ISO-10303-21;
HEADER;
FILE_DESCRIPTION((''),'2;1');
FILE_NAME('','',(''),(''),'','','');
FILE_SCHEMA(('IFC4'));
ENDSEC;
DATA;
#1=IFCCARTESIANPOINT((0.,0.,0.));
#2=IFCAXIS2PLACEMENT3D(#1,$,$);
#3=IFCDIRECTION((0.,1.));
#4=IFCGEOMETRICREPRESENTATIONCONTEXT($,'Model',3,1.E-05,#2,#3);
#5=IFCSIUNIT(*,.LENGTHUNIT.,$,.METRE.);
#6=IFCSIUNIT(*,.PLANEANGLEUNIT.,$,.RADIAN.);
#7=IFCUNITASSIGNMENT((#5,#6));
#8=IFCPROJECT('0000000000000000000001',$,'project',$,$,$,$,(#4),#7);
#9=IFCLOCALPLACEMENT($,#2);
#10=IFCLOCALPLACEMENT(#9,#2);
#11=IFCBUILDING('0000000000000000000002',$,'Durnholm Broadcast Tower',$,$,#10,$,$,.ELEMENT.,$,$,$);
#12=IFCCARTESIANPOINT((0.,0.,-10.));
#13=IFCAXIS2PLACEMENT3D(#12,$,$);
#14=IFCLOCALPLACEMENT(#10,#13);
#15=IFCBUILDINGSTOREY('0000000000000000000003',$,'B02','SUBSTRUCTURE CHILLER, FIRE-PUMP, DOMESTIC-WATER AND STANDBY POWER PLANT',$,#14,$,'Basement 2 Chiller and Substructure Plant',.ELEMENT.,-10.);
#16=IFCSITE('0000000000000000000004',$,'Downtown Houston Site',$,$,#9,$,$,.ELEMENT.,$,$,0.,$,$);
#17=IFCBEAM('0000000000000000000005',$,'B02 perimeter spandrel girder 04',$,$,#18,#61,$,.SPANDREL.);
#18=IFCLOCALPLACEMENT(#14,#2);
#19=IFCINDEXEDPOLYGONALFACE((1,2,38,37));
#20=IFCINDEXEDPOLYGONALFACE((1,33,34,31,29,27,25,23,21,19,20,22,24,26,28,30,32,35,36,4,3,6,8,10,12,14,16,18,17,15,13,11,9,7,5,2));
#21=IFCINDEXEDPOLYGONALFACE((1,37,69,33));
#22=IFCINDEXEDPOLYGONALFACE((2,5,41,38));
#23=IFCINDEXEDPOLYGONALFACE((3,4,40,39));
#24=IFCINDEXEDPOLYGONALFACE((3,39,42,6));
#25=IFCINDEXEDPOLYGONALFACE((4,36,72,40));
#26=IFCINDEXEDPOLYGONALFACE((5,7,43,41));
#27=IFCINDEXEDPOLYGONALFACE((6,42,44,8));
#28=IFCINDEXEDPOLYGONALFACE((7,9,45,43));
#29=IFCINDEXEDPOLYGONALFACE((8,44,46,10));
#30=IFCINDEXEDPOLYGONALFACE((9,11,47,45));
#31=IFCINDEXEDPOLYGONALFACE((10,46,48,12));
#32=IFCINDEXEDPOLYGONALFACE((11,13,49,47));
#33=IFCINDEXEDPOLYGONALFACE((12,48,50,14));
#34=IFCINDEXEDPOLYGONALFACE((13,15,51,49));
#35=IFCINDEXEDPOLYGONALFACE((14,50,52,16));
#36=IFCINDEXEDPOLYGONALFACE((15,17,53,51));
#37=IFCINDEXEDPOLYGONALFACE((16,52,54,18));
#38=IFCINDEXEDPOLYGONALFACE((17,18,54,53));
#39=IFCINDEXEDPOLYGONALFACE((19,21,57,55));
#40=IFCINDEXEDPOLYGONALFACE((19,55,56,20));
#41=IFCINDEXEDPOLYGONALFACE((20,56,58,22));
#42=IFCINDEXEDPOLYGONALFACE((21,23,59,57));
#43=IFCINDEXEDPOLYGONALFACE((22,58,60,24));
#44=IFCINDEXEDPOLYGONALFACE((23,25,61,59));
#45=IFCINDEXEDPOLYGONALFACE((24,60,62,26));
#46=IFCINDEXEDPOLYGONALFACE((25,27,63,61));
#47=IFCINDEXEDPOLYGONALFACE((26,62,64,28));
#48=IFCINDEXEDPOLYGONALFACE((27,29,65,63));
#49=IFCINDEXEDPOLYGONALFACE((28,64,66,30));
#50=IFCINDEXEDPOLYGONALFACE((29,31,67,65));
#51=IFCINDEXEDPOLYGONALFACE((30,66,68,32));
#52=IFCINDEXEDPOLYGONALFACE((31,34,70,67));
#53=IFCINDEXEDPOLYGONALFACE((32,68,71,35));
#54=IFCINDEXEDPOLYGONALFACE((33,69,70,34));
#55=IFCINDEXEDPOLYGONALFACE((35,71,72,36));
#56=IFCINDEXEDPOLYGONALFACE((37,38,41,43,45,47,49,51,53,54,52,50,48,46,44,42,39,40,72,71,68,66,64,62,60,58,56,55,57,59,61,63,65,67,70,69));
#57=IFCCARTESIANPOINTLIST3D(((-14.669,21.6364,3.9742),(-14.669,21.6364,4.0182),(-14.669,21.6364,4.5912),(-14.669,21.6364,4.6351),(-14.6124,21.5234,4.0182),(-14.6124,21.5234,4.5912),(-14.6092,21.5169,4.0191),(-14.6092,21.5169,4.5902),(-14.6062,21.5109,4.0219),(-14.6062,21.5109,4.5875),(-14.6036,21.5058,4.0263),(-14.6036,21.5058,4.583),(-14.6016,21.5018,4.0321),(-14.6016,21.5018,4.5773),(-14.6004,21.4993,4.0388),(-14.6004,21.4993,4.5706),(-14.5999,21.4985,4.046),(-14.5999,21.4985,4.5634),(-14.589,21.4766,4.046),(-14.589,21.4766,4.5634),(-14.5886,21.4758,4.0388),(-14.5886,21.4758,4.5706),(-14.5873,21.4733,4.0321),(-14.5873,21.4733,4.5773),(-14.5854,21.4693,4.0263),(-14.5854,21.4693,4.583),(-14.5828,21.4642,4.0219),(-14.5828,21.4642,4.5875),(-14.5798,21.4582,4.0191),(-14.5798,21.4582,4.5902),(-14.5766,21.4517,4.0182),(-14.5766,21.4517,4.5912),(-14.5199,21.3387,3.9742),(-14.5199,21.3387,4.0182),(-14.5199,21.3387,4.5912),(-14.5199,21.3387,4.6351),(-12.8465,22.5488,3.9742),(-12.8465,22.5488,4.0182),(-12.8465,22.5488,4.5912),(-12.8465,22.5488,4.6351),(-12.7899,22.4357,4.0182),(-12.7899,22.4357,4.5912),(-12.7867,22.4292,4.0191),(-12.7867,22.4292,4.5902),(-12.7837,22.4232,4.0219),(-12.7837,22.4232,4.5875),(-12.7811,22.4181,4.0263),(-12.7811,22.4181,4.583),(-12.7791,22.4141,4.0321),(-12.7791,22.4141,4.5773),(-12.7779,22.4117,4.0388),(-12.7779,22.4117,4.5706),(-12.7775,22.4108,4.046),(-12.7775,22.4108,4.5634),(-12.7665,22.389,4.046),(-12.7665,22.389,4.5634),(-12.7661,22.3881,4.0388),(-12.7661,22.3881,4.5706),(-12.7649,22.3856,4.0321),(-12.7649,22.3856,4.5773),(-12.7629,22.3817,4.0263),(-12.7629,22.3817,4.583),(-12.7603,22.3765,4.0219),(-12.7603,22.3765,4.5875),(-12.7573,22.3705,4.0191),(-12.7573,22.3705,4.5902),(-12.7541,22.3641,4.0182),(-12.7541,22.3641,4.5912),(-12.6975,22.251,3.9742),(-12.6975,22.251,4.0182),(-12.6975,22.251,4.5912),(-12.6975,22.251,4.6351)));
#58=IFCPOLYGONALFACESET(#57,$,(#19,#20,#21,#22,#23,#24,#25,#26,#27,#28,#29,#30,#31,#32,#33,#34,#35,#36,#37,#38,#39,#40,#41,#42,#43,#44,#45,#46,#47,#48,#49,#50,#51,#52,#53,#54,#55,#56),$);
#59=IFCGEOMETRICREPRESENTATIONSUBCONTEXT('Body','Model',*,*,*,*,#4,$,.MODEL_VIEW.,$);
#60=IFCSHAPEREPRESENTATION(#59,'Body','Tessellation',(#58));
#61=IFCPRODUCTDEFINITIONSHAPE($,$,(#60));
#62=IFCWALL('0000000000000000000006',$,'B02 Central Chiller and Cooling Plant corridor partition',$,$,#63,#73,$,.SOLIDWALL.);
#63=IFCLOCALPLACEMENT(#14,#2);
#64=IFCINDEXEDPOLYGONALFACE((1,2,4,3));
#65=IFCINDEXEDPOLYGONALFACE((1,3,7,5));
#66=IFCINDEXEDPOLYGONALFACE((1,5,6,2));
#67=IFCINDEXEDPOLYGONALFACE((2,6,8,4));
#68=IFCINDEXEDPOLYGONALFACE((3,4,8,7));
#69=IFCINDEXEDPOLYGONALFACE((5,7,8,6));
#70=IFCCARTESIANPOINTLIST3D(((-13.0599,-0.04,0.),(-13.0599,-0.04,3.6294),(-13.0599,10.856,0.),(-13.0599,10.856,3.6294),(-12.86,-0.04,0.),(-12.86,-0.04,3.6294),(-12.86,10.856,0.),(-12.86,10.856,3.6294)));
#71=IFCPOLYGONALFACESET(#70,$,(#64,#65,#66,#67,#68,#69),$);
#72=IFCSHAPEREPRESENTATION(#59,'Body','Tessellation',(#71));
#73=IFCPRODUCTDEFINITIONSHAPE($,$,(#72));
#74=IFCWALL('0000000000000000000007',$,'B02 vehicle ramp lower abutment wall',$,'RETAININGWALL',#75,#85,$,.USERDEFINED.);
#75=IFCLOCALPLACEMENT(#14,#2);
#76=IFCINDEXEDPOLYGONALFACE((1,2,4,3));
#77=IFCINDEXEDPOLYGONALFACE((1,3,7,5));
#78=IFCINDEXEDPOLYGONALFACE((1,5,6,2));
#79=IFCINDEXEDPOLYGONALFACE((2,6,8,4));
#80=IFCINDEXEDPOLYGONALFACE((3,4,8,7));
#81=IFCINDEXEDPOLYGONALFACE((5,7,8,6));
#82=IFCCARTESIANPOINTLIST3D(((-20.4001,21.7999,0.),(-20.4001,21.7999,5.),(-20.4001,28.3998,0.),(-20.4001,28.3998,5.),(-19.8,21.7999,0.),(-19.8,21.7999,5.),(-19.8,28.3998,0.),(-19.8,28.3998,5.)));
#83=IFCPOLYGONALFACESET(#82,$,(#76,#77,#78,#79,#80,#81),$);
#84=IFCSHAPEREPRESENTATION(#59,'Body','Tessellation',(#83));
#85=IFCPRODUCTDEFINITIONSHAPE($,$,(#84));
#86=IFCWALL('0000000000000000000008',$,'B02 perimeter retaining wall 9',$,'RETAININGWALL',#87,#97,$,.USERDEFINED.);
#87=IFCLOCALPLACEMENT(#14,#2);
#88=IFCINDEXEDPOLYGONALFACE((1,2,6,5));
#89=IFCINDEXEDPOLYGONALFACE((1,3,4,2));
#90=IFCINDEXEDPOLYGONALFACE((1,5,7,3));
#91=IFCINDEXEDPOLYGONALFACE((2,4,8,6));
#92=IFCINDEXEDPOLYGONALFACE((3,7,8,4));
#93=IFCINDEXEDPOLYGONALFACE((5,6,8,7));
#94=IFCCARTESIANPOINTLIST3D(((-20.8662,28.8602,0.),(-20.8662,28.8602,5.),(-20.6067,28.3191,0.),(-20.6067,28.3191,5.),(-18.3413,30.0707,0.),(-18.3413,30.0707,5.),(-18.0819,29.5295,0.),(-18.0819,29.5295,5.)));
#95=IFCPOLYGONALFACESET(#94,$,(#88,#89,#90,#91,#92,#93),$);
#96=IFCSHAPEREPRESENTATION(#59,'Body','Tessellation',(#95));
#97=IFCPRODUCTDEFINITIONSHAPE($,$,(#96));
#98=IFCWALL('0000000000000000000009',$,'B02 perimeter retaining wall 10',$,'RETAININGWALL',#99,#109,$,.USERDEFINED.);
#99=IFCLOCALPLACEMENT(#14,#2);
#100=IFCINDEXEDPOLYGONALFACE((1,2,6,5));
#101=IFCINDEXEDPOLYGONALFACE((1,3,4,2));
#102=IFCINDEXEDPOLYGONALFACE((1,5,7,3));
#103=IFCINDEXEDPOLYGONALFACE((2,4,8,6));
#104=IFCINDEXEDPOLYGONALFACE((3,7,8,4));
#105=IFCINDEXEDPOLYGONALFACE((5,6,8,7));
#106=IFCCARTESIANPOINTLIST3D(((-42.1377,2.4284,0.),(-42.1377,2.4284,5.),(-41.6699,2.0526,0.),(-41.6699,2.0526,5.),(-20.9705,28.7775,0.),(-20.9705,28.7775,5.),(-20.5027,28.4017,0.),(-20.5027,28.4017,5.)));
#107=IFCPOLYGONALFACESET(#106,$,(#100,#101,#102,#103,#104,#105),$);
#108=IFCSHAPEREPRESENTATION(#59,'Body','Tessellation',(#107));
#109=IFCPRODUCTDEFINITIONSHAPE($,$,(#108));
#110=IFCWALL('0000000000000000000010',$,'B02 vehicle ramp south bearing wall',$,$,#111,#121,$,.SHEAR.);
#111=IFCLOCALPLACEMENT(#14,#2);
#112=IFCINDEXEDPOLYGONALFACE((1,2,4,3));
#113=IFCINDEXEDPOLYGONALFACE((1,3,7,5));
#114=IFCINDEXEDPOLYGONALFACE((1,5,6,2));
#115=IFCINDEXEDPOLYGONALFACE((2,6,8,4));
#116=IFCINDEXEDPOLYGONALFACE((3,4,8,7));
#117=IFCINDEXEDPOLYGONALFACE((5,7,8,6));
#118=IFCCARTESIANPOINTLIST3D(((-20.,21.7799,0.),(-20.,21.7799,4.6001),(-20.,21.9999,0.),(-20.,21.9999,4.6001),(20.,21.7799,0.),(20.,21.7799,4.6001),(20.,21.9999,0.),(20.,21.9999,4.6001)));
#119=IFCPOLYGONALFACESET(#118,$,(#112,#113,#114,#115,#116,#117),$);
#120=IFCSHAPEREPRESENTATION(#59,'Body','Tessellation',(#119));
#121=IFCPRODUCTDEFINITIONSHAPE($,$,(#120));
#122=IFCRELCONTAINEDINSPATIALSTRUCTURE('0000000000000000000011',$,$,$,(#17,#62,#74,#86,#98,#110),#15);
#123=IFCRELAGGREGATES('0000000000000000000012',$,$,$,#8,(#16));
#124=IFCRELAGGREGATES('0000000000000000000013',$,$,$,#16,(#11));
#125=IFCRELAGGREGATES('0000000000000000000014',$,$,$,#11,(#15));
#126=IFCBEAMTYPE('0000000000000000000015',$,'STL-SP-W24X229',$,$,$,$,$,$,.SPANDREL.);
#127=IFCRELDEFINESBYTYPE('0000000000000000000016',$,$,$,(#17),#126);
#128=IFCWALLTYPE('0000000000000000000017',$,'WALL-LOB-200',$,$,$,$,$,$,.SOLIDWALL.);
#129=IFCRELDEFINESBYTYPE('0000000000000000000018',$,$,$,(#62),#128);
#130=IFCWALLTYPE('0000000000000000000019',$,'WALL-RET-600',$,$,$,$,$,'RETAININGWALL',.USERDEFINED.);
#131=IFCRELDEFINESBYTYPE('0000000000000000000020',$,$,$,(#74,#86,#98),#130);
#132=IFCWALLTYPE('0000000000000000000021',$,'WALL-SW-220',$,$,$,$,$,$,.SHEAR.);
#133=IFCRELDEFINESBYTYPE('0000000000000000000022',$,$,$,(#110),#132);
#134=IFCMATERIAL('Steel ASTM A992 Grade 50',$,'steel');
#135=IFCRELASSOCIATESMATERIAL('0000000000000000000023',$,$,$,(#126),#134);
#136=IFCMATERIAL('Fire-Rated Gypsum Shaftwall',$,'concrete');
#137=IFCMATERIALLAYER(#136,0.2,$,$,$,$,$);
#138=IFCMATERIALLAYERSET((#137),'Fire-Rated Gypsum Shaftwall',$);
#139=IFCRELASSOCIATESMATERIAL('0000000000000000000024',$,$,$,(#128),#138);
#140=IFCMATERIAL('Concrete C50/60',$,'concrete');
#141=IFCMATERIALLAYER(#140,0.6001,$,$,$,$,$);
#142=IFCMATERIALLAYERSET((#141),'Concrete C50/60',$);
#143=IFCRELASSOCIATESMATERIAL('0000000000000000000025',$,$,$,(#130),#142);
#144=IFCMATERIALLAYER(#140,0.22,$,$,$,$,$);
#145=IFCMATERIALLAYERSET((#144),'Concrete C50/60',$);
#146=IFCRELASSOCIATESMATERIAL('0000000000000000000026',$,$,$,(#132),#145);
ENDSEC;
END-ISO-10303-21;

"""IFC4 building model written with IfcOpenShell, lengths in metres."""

from ifc_helpers import new_model, si_unit, direction, frame, frame_2d, origin, origin_2d, place, context, subcontext, project, spatial, rectangle, i_section, extrude, source, transform, mapped, material, layer, layer_set, material_profile, profile_set, type_object, type_shapes, element, save


model = new_model("IFC4")

# Units and contexts
model_context = context("Model", 3, precision=1e-05, world=origin(), true_north=direction((0.0, 1.0)))
body_context = subcontext(model_context, "Body", "Model", "MODEL_VIEW")
ifc_project = project(units=[si_unit("LENGTHUNIT", "METRE"), si_unit("PLANEANGLEUNIT", "RADIAN")], contexts=[model_context])

# Site, building, storey
site_placement = place(None, origin())
site = spatial("IfcSite", under=ifc_project, at=site_placement, Name="Downtown Houston Site", CompositionType="ELEMENT", RefElevation=0.0)
building_placement = place(site_placement, origin())
building = spatial("IfcBuilding", under=site, at=building_placement, Name="Durnholm Broadcast Tower", CompositionType="ELEMENT")
storey_placement = place(building_placement, frame((0.0, 0.0, -10.0)))
storey = spatial("IfcBuildingStorey", under=building, at=storey_placement, Name="B02", Description="SUBSTRUCTURE CHILLER, FIRE-PUMP, DOMESTIC-WATER AND STANDBY POWER PLANT", LongName="Basement 2 Chiller and Substructure Plant", CompositionType="ELEMENT", Elevation=-10.0)

# Shared definitions
ifc_material_1 = material(Name="Concrete C50/60", Category="concrete")

# Beam
ifc_material_2 = material(Name="Steel ASTM A992 Grade 50", Category="steel")
ifc_material_profile_1 = material_profile(ifc_material_2, i_section(OverallWidth=0.333, OverallDepth=0.6609, WebThickness=0.0244, FlangeThickness=0.0439, FilletRadius=0.0278, at=origin_2d()), Name="W24X229")
ifc_profile_set_1 = profile_set([ifc_material_profile_1], Name="Steel ASTM A992 Grade 50")
beam_type = type_object("IfcBeamType", Name="STL-SP-W24X229", PredefinedType="SPANDREL", material=ifc_profile_set_1)
shared_shape_1 = source(origin(), body_context, "Body", "SweptSolid", [
    extrude(i_section(OverallWidth=0.333, OverallDepth=0.6609, WebThickness=0.0244, FlangeThickness=0.0439, FilletRadius=0.0278, at=origin_2d()), origin(), (0.0, 0.0, 1.0), 2.0381),
])
type_shapes(beam_type, [shared_shape_1])
beam_placement = place(storey_placement, frame((-14.5945, 21.4875, 4.3047), z_axis=(0.894211, 0.447645, 0.0), x_axis=(-0.447645, 0.894211, 0.0)))
element("IfcBeam", 1, at=beam_placement, inside=storey, type_object=beam_type, Name="B02 perimeter spandrel girder 04", PredefinedType="SPANDREL", context=body_context, shape_type="MappedRepresentation", body=[
    mapped(shared_shape_1, transform((0.0, 0.0, 0.0), x_axis=(1.0, 0.0, 0.0), y_axis=(0.0, 1.0, 0.0), z_axis=(0.0, 0.0, 1.0), scale=1.0)),
])

# Walls
ifc_material_3 = material(Name="Fire-Rated Gypsum Shaftwall", Category="concrete")
ifc_layer_1 = layer(ifc_material_3, 0.2)
ifc_layer_set_1 = layer_set([ifc_layer_1], Name="Fire-Rated Gypsum Shaftwall")
wall_type_1 = type_object("IfcWallType", Name="WALL-LOB-200", PredefinedType="SOLIDWALL", material=ifc_layer_set_1)
wall_1_placement = place(storey_placement, frame((-12.96, 10.856, 0.0), z_axis=(0.0, 0.0, 1.0), x_axis=(0.0, -1.0, 0.0)))
element("IfcWall", 2, at=wall_1_placement, inside=storey, type_object=wall_type_1, Name="B02 Central Chiller and Cooling Plant corridor partition", PredefinedType="SOLIDWALL", context=body_context, shape_type="SweptSolid", body=[
    extrude(rectangle(XDim=10.896, YDim=0.2, at=frame_2d((5.448, 0.0))), origin(), (0.0, 0.0, 1.0), 3.6294),
])
ifc_layer_2 = layer(ifc_material_1, 0.6001)
ifc_layer_set_2 = layer_set([ifc_layer_2], Name="Concrete C50/60")
wall_type_2 = type_object("IfcWallType", Name="WALL-RET-600", ElementType="RETAININGWALL", PredefinedType="USERDEFINED", material=ifc_layer_set_2)
wall_2_placement = place(storey_placement, frame((-20.1001, 21.8, 0.0), z_axis=(0.0, 0.0, 1.0), x_axis=(0.0, 1.0, 0.0)))
element("IfcWall", 3, at=wall_2_placement, inside=storey, type_object=wall_type_2, Name="B02 vehicle ramp lower abutment wall", ObjectType="RETAININGWALL", PredefinedType="USERDEFINED", context=body_context, shape_type="SweptSolid", body=[
    extrude(rectangle(XDim=6.5999, YDim=0.6001, at=frame_2d((3.2998, 0.0))), origin(), (0.0, 0.0, 1.0), 5.0),
])
wall_3_placement = place(storey_placement, frame((-18.2117, 29.8, 0.0), z_axis=(0.0, 0.0, 1.0), x_axis=(-0.901732, -0.432294, 0.0)))
element("IfcWall", 4, at=wall_3_placement, inside=storey, type_object=wall_type_2, Name="B02 perimeter retaining wall 9", ObjectType="RETAININGWALL", PredefinedType="USERDEFINED", context=body_context, shape_type="SweptSolid", body=[
    extrude(rectangle(XDim=2.8, YDim=0.6001, at=frame_2d((1.3999, 0.0))), origin(), (0.0, 0.0, 1.0), 5.0),
])
wall_4_placement = place(storey_placement, frame((-20.7366, 28.5896, 0.0), z_axis=(0.0, 0.0, 1.0), x_axis=(-0.62628, -0.779598, 0.0)))
element("IfcWall", 5, at=wall_4_placement, inside=storey, type_object=wall_type_2, Name="B02 perimeter retaining wall 10", ObjectType="RETAININGWALL", PredefinedType="USERDEFINED", context=body_context, shape_type="SweptSolid", body=[
    extrude(rectangle(XDim=33.7983, YDim=0.6001, at=frame_2d((16.8992, 0.0))), origin(), (0.0, 0.0, 1.0), 5.0),
])
ifc_layer_3 = layer(ifc_material_1, 0.22)
ifc_layer_set_3 = layer_set([ifc_layer_3], Name="Concrete C50/60")
wall_type_3 = type_object("IfcWallType", Name="WALL-SW-220", PredefinedType="SHEAR", material=ifc_layer_set_3)
wall_5_placement = place(storey_placement, frame((-20.0, 21.8899, 0.0), z_axis=(0.0, 0.0, 1.0), x_axis=(1.0, 0.0, 0.0)))
element("IfcWall", 6, at=wall_5_placement, inside=storey, type_object=wall_type_3, Name="B02 vehicle ramp south bearing wall", PredefinedType="SHEAR", context=body_context, shape_type="SweptSolid", body=[
    extrude(rectangle(XDim=40.0, YDim=0.22, at=frame_2d((20.0, 0.0))), origin(), (0.0, 0.0, 1.0), 4.6001),
])

save(model, "model.ifc")
